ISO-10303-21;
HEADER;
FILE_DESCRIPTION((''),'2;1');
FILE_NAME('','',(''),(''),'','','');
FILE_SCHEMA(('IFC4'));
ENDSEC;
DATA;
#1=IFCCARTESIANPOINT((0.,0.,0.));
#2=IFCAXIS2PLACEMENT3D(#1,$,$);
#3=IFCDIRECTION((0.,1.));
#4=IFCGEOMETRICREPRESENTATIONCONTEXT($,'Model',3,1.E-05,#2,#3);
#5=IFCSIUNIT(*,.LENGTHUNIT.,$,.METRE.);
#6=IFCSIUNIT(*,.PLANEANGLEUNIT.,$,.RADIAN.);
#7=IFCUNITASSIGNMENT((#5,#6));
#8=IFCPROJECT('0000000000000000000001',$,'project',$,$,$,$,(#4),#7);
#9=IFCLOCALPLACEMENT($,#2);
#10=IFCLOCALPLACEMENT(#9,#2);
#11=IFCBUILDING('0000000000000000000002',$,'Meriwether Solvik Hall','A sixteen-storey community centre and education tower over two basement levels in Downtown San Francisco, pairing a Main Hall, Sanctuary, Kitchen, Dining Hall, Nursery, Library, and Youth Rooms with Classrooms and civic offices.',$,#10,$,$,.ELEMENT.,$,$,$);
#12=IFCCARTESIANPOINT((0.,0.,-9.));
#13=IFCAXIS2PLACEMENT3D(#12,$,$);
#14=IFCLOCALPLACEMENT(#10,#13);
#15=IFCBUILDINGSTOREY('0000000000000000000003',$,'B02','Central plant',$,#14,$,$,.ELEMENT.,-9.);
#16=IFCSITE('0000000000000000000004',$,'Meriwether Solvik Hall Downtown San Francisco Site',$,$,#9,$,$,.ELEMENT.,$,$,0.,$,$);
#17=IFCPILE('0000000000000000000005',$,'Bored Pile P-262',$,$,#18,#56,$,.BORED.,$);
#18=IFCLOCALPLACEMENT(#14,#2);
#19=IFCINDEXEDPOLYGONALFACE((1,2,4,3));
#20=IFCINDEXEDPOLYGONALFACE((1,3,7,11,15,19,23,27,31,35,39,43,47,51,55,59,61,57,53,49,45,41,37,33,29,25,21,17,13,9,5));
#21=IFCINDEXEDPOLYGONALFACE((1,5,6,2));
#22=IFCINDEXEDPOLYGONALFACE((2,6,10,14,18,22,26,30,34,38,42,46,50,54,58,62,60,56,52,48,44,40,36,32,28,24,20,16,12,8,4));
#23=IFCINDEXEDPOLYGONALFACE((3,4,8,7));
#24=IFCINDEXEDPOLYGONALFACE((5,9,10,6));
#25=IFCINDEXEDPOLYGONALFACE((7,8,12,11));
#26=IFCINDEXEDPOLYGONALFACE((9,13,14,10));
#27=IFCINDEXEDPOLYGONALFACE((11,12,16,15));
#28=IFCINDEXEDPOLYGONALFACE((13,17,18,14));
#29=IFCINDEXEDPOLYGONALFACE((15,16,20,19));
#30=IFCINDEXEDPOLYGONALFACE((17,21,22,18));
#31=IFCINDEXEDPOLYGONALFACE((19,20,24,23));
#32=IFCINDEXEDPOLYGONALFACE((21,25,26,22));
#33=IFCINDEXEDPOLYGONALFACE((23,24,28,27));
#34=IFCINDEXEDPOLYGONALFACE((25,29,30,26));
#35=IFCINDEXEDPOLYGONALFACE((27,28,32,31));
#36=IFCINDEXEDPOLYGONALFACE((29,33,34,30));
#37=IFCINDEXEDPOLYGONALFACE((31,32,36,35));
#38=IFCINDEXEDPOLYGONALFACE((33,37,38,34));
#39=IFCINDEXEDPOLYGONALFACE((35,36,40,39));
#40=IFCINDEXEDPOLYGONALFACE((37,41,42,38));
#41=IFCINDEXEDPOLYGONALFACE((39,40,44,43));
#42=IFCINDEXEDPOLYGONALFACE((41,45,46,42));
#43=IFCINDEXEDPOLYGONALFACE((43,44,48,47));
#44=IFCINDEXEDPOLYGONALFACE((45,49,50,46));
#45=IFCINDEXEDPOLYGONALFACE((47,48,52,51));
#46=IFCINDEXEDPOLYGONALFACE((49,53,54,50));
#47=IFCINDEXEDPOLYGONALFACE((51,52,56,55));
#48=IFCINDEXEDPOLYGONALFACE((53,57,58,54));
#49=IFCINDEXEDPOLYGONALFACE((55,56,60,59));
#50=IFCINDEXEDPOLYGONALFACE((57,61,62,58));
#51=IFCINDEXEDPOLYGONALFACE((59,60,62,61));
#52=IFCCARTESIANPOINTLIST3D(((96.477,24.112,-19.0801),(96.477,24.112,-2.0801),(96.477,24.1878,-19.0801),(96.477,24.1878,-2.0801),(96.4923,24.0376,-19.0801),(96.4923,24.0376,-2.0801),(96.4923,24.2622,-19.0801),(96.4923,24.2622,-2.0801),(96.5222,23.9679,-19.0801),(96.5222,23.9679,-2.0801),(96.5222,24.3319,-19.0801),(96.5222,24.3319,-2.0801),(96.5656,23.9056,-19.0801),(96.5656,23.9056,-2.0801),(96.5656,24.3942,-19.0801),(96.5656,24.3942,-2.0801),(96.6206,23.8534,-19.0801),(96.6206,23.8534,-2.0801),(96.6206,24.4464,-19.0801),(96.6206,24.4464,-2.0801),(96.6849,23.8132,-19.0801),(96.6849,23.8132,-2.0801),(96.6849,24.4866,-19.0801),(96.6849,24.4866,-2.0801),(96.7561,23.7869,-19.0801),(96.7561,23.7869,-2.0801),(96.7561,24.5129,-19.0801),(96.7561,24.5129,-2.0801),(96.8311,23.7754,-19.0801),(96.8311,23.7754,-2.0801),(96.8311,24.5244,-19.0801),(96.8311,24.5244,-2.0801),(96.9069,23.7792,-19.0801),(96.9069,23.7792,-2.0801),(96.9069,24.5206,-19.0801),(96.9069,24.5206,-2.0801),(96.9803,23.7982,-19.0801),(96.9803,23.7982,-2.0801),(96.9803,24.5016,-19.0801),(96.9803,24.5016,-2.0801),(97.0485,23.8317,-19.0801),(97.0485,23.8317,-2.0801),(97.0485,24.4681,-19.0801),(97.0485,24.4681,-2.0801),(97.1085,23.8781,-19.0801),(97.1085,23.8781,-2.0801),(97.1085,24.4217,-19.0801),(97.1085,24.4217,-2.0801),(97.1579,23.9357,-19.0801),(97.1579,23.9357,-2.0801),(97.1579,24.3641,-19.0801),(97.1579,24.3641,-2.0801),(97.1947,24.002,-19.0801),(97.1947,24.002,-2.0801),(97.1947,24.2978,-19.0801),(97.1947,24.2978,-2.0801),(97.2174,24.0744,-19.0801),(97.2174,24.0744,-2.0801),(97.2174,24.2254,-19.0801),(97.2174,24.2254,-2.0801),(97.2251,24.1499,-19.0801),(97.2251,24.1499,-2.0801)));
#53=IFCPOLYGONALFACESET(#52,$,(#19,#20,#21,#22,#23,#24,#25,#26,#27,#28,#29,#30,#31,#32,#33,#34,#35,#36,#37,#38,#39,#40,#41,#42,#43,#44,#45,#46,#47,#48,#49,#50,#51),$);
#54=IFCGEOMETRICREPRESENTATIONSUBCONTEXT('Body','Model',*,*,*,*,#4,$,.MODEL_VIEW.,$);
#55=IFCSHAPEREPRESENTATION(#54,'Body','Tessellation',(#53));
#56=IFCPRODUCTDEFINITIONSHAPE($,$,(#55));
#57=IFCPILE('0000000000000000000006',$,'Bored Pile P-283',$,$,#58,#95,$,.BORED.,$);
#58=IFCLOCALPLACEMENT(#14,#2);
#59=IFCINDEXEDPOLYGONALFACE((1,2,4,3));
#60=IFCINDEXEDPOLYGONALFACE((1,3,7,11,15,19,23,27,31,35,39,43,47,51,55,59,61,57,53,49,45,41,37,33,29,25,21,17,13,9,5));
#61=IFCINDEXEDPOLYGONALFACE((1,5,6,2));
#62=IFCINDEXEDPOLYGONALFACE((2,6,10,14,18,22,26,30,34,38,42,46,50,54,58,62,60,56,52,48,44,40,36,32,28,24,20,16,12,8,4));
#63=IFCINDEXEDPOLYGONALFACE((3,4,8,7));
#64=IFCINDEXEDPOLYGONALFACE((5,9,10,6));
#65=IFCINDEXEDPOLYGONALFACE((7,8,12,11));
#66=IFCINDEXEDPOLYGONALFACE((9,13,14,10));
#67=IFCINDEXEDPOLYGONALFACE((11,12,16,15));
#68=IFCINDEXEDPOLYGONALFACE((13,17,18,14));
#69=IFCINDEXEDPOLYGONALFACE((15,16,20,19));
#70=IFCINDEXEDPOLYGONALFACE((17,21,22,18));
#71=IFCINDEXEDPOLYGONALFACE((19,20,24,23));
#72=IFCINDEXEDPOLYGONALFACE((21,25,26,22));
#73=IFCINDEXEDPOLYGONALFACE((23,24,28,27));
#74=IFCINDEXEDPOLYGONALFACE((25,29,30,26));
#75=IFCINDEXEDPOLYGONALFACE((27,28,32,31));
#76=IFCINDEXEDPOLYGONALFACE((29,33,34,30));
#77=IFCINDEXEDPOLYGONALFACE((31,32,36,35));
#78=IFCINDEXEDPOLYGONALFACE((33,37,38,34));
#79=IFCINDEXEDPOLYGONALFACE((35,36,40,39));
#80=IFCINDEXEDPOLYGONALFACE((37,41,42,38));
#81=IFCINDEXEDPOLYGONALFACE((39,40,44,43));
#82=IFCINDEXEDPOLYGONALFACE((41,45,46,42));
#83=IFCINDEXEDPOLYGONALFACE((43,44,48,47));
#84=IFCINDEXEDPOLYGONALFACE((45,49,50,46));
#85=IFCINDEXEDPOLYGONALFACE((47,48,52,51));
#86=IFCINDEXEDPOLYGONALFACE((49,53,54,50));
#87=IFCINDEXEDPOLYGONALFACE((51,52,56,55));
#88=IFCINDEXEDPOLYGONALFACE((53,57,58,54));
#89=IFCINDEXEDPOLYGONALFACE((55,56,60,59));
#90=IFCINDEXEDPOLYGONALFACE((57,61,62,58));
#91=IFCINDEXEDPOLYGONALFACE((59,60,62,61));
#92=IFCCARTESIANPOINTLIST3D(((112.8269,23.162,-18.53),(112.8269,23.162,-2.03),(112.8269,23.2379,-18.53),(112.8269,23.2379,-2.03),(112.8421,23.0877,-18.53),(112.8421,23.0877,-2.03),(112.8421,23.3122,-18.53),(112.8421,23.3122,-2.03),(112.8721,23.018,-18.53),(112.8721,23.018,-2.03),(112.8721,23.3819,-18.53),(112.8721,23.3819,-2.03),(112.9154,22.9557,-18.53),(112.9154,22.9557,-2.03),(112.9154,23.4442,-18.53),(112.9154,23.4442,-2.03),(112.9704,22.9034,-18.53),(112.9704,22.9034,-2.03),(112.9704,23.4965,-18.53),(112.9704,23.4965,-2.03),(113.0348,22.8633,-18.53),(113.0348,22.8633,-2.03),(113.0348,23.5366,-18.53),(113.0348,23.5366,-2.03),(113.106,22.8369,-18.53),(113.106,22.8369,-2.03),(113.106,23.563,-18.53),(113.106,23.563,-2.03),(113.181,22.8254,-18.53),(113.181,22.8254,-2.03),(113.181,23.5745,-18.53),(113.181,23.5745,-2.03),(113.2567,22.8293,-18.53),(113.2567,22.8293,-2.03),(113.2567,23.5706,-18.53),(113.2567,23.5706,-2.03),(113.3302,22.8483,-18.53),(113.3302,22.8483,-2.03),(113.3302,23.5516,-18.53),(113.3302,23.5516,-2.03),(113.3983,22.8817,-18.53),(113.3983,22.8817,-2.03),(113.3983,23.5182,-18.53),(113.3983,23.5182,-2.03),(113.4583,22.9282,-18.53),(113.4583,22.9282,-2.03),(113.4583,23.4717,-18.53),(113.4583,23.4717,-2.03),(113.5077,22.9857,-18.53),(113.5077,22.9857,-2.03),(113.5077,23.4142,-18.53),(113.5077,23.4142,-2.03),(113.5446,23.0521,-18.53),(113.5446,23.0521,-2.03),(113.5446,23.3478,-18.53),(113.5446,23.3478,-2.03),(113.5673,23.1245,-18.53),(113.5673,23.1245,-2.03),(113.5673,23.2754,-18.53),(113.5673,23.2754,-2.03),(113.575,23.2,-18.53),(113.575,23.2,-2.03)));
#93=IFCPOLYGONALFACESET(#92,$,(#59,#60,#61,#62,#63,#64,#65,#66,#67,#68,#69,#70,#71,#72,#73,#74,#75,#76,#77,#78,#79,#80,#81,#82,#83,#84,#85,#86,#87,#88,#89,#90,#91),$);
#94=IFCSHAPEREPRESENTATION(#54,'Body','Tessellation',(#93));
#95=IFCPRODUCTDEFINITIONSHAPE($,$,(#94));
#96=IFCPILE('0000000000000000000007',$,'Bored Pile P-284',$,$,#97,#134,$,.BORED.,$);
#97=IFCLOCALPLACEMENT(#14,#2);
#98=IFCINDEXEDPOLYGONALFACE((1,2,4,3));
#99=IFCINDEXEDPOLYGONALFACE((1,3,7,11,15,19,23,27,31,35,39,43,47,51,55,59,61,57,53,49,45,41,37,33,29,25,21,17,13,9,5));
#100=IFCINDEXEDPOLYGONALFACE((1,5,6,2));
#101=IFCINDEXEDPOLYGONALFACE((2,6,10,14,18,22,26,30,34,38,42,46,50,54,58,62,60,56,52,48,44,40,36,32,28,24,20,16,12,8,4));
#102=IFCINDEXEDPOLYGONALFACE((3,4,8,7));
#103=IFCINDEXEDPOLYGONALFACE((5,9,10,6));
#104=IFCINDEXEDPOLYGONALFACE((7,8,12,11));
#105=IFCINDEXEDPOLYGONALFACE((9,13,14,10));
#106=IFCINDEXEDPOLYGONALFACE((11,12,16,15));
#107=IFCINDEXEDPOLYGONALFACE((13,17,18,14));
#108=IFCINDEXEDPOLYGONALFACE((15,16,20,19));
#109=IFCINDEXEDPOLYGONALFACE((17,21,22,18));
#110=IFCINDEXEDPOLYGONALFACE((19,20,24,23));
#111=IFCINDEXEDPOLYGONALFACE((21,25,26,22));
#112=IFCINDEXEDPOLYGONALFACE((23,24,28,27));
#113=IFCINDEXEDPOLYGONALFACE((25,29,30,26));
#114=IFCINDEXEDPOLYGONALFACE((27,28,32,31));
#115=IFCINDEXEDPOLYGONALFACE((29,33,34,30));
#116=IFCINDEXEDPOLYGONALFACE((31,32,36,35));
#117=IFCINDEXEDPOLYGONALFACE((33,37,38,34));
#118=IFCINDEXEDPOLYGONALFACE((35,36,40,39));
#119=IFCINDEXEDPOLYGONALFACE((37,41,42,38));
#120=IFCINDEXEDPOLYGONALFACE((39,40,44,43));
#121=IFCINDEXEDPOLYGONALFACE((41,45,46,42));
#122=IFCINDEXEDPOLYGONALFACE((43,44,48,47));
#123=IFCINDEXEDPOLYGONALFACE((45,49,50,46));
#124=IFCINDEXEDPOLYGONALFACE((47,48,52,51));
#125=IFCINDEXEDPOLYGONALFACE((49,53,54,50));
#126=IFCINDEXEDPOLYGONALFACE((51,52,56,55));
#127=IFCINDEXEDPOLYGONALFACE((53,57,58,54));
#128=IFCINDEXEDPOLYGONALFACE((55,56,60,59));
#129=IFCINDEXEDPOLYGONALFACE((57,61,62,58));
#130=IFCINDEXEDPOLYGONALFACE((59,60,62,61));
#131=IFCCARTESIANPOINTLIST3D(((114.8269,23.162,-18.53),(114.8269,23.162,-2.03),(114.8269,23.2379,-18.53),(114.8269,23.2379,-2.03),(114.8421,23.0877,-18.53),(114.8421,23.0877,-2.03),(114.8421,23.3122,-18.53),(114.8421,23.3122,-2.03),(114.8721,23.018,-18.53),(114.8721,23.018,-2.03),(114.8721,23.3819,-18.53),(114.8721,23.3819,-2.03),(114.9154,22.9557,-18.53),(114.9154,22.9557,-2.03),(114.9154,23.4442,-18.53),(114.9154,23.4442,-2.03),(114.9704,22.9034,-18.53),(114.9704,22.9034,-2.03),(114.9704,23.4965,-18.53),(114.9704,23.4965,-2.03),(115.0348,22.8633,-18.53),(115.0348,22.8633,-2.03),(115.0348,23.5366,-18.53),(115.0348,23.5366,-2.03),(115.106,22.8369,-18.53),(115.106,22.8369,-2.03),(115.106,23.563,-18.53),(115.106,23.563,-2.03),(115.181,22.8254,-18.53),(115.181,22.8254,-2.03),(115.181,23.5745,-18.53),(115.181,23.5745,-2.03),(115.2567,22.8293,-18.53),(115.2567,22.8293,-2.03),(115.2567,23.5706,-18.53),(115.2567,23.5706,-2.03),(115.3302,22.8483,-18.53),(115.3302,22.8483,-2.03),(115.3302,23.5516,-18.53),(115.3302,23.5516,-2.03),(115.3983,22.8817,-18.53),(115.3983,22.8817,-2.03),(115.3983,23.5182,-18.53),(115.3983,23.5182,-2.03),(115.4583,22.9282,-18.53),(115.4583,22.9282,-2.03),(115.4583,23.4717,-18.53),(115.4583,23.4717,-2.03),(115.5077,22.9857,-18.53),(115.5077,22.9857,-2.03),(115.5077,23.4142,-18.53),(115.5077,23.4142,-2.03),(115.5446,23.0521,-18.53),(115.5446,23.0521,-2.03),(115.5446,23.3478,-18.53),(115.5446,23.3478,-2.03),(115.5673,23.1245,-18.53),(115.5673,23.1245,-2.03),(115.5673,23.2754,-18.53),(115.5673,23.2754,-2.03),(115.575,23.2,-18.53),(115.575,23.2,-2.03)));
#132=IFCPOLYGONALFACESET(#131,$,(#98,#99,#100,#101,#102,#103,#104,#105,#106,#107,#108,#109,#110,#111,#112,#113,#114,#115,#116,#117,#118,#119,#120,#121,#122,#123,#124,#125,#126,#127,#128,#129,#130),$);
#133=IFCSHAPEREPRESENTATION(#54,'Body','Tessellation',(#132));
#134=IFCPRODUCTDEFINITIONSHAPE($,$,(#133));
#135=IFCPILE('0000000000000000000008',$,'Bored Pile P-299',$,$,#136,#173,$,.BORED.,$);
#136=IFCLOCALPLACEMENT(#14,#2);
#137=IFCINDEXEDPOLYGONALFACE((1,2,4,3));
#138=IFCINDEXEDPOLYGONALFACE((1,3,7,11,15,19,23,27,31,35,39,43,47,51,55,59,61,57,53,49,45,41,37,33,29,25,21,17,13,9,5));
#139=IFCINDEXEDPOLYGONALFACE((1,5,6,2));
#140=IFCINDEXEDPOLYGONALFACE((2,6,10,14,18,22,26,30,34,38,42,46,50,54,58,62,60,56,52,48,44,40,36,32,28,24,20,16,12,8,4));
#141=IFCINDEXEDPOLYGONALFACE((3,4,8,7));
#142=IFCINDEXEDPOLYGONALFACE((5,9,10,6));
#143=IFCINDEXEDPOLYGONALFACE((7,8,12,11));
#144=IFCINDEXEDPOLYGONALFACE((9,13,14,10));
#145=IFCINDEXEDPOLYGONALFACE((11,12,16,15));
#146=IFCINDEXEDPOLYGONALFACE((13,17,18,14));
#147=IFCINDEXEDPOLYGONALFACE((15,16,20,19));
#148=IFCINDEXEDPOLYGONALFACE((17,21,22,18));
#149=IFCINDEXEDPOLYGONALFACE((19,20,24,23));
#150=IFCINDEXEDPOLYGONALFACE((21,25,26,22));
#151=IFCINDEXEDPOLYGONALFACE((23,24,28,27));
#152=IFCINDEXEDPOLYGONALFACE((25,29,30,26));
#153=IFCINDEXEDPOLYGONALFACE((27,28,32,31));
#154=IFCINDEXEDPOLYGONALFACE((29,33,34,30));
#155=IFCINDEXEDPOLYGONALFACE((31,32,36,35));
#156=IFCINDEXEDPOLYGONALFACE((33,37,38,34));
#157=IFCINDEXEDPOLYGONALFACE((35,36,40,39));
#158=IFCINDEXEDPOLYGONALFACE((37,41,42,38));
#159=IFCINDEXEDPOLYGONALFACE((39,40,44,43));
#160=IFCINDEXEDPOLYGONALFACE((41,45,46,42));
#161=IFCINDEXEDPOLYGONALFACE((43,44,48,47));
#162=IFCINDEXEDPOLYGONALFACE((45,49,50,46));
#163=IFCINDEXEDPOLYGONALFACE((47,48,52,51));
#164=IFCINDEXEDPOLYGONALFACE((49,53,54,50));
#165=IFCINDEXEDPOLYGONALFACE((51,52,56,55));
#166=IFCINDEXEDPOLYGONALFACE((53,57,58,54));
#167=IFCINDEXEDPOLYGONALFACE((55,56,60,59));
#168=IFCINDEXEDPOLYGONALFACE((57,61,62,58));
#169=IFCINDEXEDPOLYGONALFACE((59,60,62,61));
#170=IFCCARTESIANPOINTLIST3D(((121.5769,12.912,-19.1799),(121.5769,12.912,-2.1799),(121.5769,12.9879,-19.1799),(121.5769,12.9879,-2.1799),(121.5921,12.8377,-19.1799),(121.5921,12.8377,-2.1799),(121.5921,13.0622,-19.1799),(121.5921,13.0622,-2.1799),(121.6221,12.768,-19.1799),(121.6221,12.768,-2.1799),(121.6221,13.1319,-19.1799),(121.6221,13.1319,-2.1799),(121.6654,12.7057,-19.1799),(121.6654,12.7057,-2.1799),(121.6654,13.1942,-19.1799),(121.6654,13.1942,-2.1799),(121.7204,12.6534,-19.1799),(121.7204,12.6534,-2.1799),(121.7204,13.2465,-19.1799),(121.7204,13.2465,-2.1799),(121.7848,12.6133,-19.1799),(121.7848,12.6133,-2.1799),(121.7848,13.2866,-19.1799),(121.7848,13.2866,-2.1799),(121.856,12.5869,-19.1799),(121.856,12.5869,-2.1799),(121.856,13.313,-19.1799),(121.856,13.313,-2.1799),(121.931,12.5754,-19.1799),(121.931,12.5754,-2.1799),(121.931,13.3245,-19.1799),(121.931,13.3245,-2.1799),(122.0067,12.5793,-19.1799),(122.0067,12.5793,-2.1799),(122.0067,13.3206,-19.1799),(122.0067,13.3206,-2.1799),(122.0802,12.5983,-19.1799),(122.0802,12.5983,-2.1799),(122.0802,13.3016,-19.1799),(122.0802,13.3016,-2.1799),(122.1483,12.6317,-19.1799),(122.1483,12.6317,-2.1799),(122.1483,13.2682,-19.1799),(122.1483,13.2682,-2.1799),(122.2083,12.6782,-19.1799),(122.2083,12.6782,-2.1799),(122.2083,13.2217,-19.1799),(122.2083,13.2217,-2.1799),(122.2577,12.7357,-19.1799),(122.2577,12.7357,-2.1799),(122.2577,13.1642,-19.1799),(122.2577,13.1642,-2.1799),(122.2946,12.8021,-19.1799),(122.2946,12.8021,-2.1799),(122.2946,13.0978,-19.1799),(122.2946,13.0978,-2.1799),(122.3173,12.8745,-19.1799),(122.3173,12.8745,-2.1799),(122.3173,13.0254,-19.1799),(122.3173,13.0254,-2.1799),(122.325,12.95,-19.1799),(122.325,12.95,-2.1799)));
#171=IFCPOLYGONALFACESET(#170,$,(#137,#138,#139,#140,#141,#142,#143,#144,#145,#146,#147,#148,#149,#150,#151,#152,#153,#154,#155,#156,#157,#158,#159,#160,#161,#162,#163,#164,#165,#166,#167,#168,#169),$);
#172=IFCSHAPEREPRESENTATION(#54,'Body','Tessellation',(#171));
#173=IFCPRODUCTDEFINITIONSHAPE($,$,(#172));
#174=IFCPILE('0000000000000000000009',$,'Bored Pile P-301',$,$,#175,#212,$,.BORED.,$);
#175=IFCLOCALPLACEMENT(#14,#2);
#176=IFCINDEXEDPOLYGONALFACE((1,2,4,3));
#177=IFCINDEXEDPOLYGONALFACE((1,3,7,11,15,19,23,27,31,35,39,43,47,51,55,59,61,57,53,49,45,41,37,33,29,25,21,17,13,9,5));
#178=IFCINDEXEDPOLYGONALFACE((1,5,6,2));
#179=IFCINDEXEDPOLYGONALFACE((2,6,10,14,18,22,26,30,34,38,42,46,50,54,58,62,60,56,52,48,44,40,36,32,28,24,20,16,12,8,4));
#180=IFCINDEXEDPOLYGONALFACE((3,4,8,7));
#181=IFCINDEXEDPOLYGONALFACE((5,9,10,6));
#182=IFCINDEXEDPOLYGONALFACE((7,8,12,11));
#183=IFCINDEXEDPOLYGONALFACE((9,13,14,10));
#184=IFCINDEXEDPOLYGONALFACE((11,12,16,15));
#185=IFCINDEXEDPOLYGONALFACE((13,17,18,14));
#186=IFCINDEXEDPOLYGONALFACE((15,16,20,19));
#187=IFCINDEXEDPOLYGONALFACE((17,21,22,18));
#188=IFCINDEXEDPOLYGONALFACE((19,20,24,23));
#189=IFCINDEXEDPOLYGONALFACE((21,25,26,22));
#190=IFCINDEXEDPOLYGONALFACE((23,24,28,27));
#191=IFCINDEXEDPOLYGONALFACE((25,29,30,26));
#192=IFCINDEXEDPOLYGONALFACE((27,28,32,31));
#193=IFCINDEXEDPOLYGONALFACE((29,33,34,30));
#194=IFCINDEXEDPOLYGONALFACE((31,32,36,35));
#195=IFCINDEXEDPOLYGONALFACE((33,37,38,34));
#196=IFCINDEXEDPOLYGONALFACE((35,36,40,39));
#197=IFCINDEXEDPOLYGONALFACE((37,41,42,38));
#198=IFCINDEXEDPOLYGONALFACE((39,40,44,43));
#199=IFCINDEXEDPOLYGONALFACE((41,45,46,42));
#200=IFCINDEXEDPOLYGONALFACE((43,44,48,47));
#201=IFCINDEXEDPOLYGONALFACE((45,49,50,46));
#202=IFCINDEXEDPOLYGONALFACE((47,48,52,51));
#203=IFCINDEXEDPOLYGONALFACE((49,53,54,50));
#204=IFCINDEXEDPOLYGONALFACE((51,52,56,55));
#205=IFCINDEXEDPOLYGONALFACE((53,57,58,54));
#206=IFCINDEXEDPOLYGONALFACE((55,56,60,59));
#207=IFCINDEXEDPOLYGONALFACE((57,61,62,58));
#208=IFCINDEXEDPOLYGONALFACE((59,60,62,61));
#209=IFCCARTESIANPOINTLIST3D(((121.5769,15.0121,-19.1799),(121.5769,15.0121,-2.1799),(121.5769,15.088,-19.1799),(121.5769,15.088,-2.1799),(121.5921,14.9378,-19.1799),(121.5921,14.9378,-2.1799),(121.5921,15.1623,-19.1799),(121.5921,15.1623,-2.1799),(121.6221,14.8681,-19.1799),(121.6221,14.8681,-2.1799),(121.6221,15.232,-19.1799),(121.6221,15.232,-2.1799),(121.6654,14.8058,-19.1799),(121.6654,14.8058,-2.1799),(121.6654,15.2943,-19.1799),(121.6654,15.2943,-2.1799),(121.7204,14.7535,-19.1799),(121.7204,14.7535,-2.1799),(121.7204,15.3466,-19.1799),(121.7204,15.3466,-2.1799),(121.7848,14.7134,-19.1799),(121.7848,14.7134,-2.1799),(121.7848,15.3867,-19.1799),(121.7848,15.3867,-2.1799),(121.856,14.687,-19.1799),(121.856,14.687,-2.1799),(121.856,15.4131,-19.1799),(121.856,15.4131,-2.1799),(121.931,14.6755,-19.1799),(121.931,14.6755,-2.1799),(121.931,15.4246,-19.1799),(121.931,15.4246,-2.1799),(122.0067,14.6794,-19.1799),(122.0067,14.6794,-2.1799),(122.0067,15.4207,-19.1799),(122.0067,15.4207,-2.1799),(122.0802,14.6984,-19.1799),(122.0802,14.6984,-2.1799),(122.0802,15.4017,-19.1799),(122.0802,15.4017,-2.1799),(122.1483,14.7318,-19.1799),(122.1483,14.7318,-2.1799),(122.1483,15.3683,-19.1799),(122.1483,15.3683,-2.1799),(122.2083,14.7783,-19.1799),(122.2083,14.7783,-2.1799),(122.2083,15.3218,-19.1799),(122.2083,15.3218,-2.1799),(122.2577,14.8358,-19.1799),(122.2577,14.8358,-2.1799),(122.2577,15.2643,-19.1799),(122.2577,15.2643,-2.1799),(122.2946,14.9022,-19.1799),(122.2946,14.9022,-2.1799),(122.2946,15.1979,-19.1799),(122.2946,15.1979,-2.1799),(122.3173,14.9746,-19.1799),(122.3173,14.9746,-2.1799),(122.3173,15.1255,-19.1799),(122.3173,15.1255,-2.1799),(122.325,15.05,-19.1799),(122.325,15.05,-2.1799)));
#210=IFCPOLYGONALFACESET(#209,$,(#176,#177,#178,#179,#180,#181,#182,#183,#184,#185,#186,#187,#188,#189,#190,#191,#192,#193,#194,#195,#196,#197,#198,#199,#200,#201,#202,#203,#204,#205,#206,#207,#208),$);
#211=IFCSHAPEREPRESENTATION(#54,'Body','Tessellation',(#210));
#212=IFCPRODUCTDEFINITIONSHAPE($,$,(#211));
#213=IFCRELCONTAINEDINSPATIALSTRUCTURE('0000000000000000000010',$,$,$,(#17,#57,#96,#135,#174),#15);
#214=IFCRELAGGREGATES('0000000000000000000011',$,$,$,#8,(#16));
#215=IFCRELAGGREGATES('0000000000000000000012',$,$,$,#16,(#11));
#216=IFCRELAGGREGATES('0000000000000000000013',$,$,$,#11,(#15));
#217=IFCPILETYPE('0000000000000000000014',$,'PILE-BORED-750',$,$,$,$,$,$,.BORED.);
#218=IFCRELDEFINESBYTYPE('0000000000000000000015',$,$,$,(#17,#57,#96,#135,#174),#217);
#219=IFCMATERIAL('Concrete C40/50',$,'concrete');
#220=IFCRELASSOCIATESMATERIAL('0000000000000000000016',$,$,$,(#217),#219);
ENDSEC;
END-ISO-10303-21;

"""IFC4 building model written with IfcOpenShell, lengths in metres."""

from ifc_helpers import new_model, si_unit, direction, frame, origin, origin_2d, place, context, subcontext, project, spatial, circle, extrude, material, material_profile, profile_set, type_object, element, save


model = new_model("IFC4")

# Units and contexts
model_context = context("Model", 3, precision=1e-05, world=origin(), true_north=direction((0.0, 1.0)))
body_context = subcontext(model_context, "Body", "Model", "MODEL_VIEW")
ifc_project = project(units=[si_unit("LENGTHUNIT", "METRE"), si_unit("PLANEANGLEUNIT", "RADIAN")], contexts=[model_context])

# Site, building, storey
site_placement = place(None, origin())
site = spatial("IfcSite", under=ifc_project, at=site_placement, Name="Meriwether Solvik Hall Downtown San Francisco Site", CompositionType="ELEMENT", RefElevation=0.0)
building_placement = place(site_placement, origin())
building = spatial("IfcBuilding", under=site, at=building_placement, Name="Meriwether Solvik Hall", Description="A sixteen-storey community centre and education tower over two basement levels in Downtown San Francisco, pairing a Main Hall, Sanctuary, Kitchen, Dining Hall, Nursery, Library, and Youth Rooms with Classrooms and civic offices.", CompositionType="ELEMENT")
storey_placement = place(building_placement, frame((0.0, 0.0, -9.0)))
storey = spatial("IfcBuildingStorey", under=building, at=storey_placement, Name="B02", Description="Central plant", CompositionType="ELEMENT", Elevation=-9.0)

# Piles
ifc_material_1 = material(Name="Concrete C40/50", Category="concrete")
ifc_material_profile_1 = material_profile(ifc_material_1, circle(Radius=0.375, at=origin_2d()), Name="PILE-D750")
ifc_profile_set_1 = profile_set([ifc_material_profile_1], Name="Concrete C40/50")
pile_type_1 = type_object("IfcPileType", Name="PILE-BORED-750", PredefinedType="BORED", material=ifc_profile_set_1)
for number, where, z_axis, x_axis, name in (
    (1, (96.8501, 24.1499, -2.0801), (0.0, 0.0, -1.0), (1.0, 0.0, 0.0), "Bored Pile P-262"),
):
    element("IfcPile", number, at=place(storey_placement, frame(where, z_axis=z_axis, x_axis=x_axis)), inside=storey, type_object=pile_type_1, Name=name, PredefinedType="BORED", context=body_context, shape_type="SweptSolid", body=[
        extrude(circle(Radius=0.375, at=origin_2d()), origin(), (0.0, 0.0, 1.0), 17.0),
    ])
for number, where, z_axis, x_axis, name in (
    (2, (113.2, 23.2, -2.03), (0.0, 0.0, -1.0), (1.0, 0.0, 0.0), "Bored Pile P-283"),
    (3, (115.2, 23.2, -2.03), (0.0, 0.0, -1.0), (1.0, 0.0, 0.0), "Bored Pile P-284"),
):
    element("IfcPile", number, at=place(storey_placement, frame(where, z_axis=z_axis, x_axis=x_axis)), inside=storey, type_object=pile_type_1, Name=name, PredefinedType="BORED", context=body_context, shape_type="SweptSolid", body=[
        extrude(circle(Radius=0.375, at=origin_2d()), origin(), (0.0, 0.0, 1.0), 16.5),
    ])
for number, where, z_axis, x_axis, name in (
    (4, (121.95, 12.95, -2.1799), (0.0, 0.0, -1.0), (1.0, 0.0, 0.0), "Bored Pile P-299"),
    (5, (121.95, 15.05, -2.1799), (0.0, 0.0, -1.0), (1.0, 0.0, 0.0), "Bored Pile P-301"),
):
    element("IfcPile", number, at=place(storey_placement, frame(where, z_axis=z_axis, x_axis=x_axis)), inside=storey, type_object=pile_type_1, Name=name, PredefinedType="BORED", context=body_context, shape_type="SweptSolid", body=[
        extrude(circle(Radius=0.375, at=origin_2d()), origin(), (0.0, 0.0, 1.0), 17.0),
    ])

save(model, "model.ifc")
